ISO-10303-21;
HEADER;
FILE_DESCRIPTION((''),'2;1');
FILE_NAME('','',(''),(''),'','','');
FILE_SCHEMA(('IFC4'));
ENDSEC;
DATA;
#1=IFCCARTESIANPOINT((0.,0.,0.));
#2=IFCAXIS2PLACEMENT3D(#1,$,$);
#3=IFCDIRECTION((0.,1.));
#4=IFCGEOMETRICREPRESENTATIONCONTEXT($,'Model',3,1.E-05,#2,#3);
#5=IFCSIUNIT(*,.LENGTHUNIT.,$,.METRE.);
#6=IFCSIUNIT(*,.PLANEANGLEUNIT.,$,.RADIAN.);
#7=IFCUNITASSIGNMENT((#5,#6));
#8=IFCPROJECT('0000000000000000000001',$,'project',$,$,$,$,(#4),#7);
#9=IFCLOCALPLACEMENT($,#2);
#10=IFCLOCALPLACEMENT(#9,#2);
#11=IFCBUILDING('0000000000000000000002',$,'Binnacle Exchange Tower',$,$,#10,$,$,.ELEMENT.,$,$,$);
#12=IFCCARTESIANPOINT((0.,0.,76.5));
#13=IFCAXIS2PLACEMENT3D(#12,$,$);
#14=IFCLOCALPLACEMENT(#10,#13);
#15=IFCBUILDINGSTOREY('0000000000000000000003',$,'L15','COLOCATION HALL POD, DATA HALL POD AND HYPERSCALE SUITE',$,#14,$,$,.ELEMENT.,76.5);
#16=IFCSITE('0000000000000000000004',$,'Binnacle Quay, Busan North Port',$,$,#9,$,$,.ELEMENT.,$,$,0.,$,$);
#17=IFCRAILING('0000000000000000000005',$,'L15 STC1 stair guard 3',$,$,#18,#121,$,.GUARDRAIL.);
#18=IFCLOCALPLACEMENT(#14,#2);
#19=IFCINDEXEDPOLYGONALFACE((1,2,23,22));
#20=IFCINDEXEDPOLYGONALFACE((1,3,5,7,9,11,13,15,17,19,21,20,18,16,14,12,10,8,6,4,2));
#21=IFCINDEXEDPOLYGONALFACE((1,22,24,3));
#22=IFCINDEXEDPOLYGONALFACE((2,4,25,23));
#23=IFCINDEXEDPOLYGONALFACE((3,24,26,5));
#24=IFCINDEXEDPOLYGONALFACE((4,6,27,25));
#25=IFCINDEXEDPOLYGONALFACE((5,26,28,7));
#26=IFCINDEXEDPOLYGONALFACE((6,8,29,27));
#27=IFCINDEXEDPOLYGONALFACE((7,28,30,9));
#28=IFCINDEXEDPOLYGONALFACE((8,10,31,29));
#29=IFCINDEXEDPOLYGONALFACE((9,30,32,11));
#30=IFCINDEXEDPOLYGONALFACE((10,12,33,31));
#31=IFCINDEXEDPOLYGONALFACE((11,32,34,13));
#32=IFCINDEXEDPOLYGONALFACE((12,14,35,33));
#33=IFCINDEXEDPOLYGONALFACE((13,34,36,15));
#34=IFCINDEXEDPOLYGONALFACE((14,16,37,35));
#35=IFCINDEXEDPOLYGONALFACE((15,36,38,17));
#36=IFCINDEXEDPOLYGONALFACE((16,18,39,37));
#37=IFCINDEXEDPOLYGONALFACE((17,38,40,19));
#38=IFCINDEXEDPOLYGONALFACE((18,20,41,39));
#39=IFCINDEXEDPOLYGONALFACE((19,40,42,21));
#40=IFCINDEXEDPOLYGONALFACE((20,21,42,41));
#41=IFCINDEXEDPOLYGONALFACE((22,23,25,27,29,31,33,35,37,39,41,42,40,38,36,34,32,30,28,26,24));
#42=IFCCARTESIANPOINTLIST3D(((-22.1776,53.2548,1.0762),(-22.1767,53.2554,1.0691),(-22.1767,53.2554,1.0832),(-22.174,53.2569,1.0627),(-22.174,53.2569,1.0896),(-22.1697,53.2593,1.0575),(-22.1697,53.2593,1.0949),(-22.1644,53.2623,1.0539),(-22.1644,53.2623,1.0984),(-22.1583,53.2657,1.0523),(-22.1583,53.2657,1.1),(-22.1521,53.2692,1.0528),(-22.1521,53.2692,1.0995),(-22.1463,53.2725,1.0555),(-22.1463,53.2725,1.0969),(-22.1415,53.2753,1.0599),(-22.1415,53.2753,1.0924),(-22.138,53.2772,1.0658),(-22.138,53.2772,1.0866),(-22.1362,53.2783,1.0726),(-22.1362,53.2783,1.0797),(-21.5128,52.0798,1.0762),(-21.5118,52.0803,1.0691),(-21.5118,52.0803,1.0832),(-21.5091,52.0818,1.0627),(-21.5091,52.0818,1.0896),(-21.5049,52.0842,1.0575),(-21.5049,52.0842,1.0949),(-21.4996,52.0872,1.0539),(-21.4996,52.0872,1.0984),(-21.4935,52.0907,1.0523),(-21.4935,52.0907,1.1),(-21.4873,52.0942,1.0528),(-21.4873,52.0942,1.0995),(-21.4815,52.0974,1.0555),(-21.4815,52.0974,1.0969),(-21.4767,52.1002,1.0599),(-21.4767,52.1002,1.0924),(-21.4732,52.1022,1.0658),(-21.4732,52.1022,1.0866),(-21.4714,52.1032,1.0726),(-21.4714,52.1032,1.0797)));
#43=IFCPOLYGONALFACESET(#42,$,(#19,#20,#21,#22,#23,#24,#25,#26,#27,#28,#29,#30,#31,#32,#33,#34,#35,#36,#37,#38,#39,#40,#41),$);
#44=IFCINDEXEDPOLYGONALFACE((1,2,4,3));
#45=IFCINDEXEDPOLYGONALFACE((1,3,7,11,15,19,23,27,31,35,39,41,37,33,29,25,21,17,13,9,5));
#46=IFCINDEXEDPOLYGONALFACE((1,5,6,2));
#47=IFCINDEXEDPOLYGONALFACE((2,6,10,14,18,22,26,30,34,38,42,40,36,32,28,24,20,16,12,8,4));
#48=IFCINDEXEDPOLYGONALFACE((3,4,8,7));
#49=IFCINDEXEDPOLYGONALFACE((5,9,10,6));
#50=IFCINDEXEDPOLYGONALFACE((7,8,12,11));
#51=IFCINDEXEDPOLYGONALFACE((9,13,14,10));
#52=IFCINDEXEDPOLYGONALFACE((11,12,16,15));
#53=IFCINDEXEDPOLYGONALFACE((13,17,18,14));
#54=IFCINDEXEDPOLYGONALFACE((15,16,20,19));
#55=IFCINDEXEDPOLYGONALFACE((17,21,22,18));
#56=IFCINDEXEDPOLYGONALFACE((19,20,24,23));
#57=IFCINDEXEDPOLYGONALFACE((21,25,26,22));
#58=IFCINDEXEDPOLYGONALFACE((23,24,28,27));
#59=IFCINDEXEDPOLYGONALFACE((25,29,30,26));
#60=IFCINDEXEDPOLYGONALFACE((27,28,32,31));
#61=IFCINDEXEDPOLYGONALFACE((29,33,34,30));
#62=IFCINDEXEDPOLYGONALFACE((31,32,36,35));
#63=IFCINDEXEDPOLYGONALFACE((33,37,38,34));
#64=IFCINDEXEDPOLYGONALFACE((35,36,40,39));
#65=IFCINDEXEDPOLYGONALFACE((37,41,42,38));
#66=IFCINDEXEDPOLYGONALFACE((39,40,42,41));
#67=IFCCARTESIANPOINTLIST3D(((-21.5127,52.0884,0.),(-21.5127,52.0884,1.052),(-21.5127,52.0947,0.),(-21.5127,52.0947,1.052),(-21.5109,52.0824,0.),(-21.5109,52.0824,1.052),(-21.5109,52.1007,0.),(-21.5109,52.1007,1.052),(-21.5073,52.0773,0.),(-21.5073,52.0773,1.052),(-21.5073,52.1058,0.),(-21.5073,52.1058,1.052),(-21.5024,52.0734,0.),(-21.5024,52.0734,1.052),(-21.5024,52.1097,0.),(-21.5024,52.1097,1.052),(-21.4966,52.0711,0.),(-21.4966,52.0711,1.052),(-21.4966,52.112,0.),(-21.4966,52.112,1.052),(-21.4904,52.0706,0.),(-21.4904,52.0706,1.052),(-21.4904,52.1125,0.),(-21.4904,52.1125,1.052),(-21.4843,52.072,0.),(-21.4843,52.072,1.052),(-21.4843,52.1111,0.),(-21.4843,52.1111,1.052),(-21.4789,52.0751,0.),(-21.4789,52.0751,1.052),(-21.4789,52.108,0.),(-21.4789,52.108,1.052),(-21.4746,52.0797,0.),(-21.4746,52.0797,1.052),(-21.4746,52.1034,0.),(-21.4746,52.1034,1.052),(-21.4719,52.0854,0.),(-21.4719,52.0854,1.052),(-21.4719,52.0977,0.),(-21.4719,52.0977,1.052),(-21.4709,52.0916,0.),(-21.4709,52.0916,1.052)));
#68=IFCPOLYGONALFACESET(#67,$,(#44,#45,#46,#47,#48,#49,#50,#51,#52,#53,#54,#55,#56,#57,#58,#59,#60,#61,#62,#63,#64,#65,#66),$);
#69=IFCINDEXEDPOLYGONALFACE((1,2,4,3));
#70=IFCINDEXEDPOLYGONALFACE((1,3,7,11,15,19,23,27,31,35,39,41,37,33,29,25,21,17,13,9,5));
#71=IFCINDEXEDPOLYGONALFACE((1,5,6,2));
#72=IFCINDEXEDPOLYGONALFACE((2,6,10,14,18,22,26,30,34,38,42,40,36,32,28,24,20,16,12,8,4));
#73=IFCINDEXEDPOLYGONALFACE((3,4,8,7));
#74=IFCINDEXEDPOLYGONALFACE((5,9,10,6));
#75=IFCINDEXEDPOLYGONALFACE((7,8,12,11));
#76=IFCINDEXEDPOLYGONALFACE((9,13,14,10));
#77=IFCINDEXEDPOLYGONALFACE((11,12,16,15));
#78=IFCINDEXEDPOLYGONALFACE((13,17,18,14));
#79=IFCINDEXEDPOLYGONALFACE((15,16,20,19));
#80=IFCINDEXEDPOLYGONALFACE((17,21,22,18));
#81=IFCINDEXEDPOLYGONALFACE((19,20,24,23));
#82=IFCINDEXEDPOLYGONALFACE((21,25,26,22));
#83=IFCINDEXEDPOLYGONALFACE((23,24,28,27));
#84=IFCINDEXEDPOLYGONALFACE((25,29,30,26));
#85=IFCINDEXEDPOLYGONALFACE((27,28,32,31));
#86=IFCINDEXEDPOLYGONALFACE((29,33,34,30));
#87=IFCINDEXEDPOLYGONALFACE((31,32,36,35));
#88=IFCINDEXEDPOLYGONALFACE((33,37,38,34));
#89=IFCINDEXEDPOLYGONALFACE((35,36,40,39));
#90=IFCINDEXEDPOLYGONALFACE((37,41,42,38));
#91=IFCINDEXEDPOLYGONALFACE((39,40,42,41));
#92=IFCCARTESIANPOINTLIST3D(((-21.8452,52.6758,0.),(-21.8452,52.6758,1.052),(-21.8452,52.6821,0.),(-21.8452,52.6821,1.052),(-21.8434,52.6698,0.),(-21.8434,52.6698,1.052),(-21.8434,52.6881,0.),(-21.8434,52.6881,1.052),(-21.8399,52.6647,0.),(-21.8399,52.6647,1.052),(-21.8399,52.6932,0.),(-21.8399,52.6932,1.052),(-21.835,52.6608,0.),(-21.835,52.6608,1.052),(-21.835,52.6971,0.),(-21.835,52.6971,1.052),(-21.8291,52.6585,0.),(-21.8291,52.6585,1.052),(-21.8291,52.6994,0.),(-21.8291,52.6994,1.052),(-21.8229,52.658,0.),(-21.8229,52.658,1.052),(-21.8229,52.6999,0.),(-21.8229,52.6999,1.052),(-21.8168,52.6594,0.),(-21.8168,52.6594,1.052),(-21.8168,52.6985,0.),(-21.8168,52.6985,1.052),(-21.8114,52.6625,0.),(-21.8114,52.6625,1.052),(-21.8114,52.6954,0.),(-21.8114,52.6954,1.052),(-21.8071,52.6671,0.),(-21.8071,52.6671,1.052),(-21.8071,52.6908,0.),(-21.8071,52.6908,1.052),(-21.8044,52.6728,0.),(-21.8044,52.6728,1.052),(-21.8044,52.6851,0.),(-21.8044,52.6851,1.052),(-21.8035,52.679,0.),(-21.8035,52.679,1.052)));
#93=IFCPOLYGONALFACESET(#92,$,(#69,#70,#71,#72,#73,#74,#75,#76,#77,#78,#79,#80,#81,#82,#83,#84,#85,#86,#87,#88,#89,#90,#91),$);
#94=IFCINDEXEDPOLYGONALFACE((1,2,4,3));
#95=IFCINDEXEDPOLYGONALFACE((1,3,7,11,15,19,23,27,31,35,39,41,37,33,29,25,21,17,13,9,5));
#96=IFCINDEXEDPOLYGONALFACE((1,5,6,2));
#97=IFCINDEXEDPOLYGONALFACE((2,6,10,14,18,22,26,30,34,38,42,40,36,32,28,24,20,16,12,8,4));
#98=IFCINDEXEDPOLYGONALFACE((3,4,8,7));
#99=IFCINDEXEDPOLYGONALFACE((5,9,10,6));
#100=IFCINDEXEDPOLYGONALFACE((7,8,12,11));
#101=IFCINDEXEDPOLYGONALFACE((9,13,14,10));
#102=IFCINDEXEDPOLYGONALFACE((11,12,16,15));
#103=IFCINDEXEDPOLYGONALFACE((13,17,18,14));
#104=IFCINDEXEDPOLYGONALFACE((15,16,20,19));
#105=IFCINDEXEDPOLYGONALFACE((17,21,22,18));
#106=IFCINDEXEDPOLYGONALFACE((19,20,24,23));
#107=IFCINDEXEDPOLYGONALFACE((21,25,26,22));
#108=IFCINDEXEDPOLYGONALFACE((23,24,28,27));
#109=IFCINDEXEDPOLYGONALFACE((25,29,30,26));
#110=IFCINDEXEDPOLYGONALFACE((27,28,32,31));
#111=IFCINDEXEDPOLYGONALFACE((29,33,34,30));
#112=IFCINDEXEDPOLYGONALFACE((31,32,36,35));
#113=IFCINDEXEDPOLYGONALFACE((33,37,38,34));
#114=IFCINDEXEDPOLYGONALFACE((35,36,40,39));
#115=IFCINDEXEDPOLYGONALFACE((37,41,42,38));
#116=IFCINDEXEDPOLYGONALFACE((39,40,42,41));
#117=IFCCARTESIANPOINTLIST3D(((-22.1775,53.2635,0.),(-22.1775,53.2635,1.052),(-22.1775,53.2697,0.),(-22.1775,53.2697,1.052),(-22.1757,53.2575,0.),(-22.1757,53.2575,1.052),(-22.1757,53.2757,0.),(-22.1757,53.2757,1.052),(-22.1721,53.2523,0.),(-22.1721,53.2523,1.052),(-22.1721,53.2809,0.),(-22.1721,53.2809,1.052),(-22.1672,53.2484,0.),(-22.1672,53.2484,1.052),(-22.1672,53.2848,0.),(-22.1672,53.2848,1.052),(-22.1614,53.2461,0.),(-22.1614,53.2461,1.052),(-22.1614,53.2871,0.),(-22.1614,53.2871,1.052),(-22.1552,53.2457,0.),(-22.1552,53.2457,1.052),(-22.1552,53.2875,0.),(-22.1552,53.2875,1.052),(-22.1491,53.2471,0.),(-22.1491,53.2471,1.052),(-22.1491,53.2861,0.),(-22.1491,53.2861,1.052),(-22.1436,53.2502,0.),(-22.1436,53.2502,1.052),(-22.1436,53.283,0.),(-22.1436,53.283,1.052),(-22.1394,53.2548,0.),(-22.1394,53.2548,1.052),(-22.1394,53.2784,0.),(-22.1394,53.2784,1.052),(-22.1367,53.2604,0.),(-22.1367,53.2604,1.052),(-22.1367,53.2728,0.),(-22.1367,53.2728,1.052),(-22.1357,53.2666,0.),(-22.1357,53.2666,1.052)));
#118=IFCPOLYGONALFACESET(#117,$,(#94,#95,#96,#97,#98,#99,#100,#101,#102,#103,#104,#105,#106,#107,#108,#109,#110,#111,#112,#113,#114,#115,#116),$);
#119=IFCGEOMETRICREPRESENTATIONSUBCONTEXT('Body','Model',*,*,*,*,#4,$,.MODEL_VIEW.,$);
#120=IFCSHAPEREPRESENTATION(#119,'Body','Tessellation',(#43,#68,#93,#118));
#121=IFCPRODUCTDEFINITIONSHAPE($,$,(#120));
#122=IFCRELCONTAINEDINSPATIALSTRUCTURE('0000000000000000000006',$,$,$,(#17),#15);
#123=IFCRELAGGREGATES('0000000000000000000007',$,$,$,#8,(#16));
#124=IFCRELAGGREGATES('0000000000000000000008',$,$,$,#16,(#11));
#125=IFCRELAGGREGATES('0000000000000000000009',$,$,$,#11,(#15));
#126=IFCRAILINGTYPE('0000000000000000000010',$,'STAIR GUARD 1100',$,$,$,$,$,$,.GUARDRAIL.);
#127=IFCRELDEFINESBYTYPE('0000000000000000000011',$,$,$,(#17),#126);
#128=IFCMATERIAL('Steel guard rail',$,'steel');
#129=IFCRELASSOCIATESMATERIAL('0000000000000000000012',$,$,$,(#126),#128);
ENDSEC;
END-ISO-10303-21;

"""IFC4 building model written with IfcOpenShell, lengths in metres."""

from ifc_helpers import new_model, si_unit, direction, frame, origin, origin_2d, place, context, subcontext, project, spatial, circle, extrude, material, type_object, element, save


model = new_model("IFC4")

# Units and contexts
model_context = context("Model", 3, precision=1e-05, world=origin(), true_north=direction((0.0, 1.0)))
body_context = subcontext(model_context, "Body", "Model", "MODEL_VIEW")
ifc_project = project(units=[si_unit("LENGTHUNIT", "METRE"), si_unit("PLANEANGLEUNIT", "RADIAN")], contexts=[model_context])

# Site, building, storey
site_placement = place(None, origin())
site = spatial("IfcSite", under=ifc_project, at=site_placement, Name="Binnacle Quay, Busan North Port", CompositionType="ELEMENT", RefElevation=0.0)
building_placement = place(site_placement, origin())
building = spatial("IfcBuilding", under=site, at=building_placement, Name="Binnacle Exchange Tower", CompositionType="ELEMENT")
storey_placement = place(building_placement, frame((0.0, 0.0, 76.5)))
storey = spatial("IfcBuildingStorey", under=building, at=storey_placement, Name="L15", Description="COLOCATION HALL POD, DATA HALL POD AND HYPERSCALE SUITE", CompositionType="ELEMENT", Elevation=76.5)

# Railing
ifc_material_1 = material(Name="Steel guard rail", Category="steel")
railing_type = type_object("IfcRailingType", Name="STAIR GUARD 1100", PredefinedType="GUARDRAIL", material=ifc_material_1)
railing_1_placement = place(storey_placement, frame((-21.4919, 52.0916, 0.0)))
element("IfcRailing", 1, at=railing_1_placement, inside=storey, type_object=railing_type, Name="L15 STC1 stair guard 3", PredefinedType="GUARDRAIL", context=body_context, shape_type="SweptSolid", body=[
    extrude(circle(Radius=0.0239, at=origin_2d()), frame((0.0, 0.0, 1.0762), z_axis=(-0.492415, 0.870361, 0.0), x_axis=(-0.870361, -0.492415, 0.0)), (0.0, 0.0, 1.0), 1.3501),
    extrude(circle(Radius=0.021, at=origin_2d()), origin(), (0.0, 0.0, 1.0), 1.052),
    extrude(circle(Radius=0.021, at=origin_2d()), frame((-0.3325, 0.5874, 0.0)), (0.0, 0.0, 1.0), 1.052),
    extrude(circle(Radius=0.021, at=origin_2d()), frame((-0.6648, 1.175, 0.0)), (0.0, 0.0, 1.0), 1.052),
])

save(model, "model.ifc")
